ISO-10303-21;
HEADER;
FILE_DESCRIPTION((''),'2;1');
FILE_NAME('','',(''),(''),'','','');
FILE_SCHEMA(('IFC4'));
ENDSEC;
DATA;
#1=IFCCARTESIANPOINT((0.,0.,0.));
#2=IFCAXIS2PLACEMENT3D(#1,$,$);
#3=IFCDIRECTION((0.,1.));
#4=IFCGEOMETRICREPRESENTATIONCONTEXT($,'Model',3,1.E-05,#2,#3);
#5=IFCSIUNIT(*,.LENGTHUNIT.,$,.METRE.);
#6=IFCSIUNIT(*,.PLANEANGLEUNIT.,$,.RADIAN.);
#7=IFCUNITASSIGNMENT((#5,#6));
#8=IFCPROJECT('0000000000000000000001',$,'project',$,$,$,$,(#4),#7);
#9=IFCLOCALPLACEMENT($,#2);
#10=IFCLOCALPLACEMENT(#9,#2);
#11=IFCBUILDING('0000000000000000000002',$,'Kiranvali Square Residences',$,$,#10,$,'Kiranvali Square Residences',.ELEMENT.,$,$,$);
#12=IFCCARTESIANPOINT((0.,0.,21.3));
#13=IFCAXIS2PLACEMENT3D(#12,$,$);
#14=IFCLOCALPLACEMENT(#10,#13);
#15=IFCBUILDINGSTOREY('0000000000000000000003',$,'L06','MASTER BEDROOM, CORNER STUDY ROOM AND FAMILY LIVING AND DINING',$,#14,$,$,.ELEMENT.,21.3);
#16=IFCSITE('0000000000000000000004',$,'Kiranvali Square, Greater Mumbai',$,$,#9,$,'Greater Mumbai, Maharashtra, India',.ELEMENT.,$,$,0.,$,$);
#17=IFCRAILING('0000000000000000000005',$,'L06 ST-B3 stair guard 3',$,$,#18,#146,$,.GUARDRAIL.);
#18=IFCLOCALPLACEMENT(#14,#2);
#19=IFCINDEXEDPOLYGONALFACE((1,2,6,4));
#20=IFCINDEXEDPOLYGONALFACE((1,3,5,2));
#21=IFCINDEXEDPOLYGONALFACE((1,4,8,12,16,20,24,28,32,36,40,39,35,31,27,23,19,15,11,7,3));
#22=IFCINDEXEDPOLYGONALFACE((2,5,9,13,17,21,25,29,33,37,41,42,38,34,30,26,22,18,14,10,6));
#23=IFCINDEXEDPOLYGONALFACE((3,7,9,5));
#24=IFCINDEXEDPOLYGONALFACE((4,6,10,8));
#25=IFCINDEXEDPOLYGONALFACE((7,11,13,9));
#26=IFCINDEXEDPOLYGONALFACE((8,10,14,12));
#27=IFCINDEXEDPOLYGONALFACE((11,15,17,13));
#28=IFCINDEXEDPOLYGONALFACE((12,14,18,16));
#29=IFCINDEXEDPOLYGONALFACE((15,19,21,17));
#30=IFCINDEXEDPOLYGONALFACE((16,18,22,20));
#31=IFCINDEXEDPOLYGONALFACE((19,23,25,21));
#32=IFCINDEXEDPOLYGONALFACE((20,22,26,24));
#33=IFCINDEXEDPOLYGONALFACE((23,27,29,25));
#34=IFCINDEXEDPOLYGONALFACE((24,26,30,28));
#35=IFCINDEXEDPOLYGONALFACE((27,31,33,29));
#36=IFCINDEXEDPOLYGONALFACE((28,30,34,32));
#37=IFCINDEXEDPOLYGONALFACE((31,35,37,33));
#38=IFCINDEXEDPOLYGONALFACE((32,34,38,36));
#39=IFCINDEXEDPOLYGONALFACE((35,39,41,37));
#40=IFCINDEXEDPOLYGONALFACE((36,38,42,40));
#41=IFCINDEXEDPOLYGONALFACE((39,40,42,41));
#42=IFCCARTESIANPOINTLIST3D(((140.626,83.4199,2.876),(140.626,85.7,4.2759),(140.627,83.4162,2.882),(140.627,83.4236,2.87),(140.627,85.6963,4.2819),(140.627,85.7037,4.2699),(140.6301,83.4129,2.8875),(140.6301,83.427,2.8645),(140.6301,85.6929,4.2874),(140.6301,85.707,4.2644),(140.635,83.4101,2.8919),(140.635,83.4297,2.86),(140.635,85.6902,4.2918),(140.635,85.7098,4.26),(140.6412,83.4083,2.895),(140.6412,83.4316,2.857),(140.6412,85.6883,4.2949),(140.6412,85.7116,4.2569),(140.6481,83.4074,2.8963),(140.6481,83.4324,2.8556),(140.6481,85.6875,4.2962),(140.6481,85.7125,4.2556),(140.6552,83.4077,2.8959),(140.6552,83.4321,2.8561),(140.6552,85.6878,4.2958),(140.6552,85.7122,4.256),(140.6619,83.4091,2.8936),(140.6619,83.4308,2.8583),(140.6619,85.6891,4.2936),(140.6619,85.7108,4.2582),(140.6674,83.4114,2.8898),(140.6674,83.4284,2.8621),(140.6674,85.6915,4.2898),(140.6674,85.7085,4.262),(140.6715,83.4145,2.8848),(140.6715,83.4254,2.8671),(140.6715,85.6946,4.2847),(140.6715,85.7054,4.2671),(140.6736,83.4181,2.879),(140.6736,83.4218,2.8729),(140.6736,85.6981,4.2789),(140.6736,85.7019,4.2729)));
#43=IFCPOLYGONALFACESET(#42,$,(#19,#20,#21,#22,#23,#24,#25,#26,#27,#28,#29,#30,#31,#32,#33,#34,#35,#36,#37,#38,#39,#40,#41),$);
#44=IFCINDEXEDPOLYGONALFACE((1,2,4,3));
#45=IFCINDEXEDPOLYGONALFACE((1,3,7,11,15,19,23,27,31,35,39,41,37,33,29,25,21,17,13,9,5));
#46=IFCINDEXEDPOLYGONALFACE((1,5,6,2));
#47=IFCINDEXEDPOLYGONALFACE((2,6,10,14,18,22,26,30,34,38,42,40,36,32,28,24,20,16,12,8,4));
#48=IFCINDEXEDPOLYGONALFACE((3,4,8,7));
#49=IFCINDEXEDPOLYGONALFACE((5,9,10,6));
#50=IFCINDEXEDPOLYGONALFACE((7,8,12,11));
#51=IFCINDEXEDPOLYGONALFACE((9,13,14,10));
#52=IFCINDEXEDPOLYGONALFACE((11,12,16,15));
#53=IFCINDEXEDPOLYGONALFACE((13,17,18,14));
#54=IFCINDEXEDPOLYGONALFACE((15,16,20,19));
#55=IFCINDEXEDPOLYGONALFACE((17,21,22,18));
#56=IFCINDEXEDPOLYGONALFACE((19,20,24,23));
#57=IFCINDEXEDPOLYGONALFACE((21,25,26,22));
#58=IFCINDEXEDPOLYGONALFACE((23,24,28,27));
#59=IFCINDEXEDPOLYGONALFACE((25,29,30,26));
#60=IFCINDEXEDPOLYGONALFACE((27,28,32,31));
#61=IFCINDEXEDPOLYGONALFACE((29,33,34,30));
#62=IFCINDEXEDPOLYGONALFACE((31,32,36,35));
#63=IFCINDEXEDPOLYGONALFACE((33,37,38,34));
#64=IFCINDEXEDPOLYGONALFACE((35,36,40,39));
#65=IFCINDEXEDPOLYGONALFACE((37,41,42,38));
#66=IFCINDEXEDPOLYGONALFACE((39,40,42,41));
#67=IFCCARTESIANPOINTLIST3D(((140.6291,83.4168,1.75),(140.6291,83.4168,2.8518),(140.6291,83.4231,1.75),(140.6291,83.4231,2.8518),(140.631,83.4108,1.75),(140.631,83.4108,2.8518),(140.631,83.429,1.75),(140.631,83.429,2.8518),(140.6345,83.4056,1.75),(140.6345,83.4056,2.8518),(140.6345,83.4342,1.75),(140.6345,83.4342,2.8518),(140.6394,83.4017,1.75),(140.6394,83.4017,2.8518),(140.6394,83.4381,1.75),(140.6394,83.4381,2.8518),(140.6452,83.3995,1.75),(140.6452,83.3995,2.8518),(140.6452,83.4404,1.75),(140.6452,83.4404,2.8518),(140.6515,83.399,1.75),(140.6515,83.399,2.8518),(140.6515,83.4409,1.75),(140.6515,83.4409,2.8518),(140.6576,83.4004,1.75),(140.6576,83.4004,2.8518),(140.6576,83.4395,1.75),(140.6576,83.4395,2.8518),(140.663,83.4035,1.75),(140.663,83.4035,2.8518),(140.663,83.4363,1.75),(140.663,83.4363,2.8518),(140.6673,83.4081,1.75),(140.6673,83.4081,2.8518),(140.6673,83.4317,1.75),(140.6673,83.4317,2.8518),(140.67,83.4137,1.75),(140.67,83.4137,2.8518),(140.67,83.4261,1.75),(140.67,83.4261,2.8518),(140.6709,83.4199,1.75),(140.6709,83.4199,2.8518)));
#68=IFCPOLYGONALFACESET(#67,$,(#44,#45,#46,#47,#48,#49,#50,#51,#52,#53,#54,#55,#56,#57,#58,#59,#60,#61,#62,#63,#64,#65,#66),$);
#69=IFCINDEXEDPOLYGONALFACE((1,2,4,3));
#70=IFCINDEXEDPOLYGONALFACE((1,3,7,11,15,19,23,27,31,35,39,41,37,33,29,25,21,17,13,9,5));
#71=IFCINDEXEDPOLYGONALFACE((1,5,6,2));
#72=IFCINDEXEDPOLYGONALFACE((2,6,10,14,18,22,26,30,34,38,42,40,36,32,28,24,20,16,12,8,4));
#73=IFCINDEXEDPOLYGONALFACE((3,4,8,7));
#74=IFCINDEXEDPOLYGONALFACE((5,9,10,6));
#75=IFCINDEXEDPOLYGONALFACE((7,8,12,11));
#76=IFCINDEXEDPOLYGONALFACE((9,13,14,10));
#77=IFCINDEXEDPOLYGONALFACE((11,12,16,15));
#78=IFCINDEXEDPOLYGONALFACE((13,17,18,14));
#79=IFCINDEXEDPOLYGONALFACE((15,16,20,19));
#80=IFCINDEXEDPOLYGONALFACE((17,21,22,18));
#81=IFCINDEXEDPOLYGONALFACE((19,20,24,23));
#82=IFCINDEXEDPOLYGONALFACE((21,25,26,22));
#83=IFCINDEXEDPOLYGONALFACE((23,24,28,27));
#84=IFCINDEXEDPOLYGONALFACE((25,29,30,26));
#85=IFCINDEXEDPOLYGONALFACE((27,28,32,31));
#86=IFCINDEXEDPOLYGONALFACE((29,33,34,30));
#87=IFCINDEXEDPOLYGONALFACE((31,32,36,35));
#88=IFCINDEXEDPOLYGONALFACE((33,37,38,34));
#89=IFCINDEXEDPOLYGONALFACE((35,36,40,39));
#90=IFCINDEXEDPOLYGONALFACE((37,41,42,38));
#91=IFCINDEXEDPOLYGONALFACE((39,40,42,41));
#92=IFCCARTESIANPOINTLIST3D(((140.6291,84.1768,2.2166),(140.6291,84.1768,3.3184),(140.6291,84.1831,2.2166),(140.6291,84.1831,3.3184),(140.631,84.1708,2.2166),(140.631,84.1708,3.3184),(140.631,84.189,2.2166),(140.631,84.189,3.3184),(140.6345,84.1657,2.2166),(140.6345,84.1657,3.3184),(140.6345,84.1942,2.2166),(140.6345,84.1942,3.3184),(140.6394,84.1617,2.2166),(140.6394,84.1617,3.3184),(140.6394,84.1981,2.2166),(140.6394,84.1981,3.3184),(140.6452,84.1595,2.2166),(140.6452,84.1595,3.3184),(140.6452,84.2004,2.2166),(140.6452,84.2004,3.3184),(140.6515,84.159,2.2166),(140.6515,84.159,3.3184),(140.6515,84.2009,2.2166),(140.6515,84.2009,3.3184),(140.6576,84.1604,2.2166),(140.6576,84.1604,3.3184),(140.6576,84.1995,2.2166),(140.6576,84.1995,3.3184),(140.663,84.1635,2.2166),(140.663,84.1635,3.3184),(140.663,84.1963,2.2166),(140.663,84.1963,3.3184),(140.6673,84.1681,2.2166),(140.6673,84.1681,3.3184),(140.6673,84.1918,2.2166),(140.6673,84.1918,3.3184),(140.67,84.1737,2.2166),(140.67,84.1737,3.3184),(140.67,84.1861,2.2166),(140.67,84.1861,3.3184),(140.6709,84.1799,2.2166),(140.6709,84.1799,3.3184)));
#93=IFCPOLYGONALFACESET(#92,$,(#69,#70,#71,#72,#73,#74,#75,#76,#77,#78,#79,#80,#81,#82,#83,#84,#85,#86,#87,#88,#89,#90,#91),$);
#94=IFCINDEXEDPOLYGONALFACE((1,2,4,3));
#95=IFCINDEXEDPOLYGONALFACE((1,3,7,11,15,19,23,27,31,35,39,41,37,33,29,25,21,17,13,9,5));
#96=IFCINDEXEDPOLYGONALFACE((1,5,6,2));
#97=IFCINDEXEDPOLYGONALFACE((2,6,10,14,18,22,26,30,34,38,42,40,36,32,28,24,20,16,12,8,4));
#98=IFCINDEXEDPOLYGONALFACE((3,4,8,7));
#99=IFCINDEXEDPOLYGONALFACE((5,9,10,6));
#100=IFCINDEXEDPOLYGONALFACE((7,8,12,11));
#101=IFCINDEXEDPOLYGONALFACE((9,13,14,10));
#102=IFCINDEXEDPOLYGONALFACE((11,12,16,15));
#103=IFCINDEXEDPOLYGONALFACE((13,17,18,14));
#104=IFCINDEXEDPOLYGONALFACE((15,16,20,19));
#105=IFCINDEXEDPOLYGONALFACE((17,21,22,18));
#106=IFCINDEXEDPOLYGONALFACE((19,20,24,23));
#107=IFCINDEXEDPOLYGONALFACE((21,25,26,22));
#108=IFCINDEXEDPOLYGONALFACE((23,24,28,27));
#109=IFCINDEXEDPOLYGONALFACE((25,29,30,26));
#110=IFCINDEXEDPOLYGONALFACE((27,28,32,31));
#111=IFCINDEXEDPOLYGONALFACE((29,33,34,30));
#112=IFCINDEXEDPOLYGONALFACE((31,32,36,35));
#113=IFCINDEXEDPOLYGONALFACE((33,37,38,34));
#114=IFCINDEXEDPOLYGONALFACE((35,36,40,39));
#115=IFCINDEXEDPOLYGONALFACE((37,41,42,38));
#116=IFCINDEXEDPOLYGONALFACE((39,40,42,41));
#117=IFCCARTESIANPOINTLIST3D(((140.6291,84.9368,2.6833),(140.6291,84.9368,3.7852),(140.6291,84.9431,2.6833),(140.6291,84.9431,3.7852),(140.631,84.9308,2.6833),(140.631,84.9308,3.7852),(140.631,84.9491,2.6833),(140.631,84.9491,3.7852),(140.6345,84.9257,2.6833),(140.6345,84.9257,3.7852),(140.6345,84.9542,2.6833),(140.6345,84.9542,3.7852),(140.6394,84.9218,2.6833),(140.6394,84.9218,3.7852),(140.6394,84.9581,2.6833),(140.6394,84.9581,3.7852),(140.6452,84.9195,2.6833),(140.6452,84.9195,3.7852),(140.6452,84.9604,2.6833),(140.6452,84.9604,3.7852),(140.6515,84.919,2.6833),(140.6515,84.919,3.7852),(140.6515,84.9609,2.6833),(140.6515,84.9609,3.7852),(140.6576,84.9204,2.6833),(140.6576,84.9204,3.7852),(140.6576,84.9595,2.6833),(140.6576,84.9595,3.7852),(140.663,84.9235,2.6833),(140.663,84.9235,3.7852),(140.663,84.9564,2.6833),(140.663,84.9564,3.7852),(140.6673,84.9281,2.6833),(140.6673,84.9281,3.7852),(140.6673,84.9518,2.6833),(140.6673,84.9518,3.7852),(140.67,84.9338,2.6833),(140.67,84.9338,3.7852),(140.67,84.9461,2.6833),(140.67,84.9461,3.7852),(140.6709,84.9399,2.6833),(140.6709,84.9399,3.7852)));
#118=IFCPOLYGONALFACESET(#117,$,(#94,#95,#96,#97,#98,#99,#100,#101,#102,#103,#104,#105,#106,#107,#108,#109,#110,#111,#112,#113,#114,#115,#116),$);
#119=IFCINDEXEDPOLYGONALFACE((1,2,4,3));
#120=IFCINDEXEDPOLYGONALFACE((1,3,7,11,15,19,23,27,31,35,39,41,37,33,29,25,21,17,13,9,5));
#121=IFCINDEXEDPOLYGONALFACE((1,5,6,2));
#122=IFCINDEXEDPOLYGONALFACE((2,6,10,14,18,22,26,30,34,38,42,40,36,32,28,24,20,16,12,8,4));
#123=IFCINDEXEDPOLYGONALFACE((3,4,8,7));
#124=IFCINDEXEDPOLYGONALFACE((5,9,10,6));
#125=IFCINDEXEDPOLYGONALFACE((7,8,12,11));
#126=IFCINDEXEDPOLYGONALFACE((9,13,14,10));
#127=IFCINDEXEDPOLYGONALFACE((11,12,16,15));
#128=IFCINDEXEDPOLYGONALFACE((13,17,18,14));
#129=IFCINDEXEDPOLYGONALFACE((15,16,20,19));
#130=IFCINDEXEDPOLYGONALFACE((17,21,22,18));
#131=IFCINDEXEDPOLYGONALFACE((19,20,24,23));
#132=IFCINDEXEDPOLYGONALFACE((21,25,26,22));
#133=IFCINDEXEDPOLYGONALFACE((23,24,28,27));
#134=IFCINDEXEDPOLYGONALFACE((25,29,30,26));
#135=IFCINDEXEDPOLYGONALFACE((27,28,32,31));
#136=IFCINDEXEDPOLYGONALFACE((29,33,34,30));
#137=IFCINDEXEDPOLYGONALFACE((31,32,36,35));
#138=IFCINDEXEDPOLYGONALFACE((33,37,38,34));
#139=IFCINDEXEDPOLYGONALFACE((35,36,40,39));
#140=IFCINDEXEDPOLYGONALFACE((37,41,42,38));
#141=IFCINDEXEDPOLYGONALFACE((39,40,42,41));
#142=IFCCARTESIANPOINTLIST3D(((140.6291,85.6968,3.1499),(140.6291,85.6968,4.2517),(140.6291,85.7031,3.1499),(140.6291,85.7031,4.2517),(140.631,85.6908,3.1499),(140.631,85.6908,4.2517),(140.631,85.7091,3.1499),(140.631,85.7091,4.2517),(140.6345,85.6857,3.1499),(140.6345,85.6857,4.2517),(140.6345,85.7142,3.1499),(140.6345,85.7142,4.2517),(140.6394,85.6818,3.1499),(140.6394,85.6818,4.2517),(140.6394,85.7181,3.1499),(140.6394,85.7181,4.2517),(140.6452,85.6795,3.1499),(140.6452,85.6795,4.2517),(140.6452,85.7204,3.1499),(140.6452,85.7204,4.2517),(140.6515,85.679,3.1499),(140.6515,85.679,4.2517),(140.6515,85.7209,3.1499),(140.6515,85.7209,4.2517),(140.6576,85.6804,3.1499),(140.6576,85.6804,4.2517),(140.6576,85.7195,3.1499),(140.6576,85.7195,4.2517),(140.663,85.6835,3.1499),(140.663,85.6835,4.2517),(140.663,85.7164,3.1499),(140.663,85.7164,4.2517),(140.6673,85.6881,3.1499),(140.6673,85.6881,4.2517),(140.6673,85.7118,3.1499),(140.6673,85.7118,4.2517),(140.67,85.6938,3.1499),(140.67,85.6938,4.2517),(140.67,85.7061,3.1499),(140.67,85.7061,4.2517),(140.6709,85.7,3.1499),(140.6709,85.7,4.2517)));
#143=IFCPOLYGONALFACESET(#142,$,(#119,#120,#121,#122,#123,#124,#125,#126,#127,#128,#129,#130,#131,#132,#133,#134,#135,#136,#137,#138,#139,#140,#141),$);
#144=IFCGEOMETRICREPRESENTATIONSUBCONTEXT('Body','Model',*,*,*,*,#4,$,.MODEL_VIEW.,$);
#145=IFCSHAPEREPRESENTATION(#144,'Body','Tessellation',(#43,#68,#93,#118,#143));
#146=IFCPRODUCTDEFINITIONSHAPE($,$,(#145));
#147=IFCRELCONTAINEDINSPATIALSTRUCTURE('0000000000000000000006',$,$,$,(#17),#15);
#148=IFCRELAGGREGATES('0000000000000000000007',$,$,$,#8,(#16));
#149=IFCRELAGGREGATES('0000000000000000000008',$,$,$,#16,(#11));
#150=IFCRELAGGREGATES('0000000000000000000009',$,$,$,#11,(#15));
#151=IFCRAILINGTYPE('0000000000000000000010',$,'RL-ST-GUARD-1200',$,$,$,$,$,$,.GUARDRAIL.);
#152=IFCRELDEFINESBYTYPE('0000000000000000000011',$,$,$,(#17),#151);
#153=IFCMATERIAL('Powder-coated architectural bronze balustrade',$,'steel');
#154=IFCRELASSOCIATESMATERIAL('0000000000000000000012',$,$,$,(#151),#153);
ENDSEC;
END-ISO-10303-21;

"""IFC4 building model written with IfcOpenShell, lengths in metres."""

from ifc_helpers import new_model, si_unit, direction, frame, origin, origin_2d, place, context, subcontext, project, spatial, circle, extrude, material, type_object, element, save


model = new_model("IFC4")

# Units and contexts
model_context = context("Model", 3, precision=1e-05, world=origin(), true_north=direction((0.0, 1.0)))
body_context = subcontext(model_context, "Body", "Model", "MODEL_VIEW")
ifc_project = project(units=[si_unit("LENGTHUNIT", "METRE"), si_unit("PLANEANGLEUNIT", "RADIAN")], contexts=[model_context])

# Site, building, storey
site_placement = place(None, origin())
site = spatial("IfcSite", under=ifc_project, at=site_placement, Name="Kiranvali Square, Greater Mumbai", LongName="Greater Mumbai, Maharashtra, India", CompositionType="ELEMENT", RefElevation=0.0)
building_placement = place(site_placement, origin())
building = spatial("IfcBuilding", under=site, at=building_placement, Name="Kiranvali Square Residences", LongName="Kiranvali Square Residences", CompositionType="ELEMENT")
storey_placement = place(building_placement, frame((0.0, 0.0, 21.3)))
storey = spatial("IfcBuildingStorey", under=building, at=storey_placement, Name="L06", Description="MASTER BEDROOM, CORNER STUDY ROOM AND FAMILY LIVING AND DINING", CompositionType="ELEMENT", Elevation=21.3)

# Railing
ifc_material_1 = material(Name="Powder-coated architectural bronze balustrade", Category="steel")
railing_type_1 = type_object("IfcRailingType", Name="RL-ST-GUARD-1200", PredefinedType="GUARDRAIL", material=ifc_material_1)
railing_1_placement = place(storey_placement, frame((140.6499, 83.4199, 1.75)))
element("IfcRailing", 1, at=railing_1_placement, inside=storey, type_object=railing_type_1, Name="L06 ST-B3 stair guard 3", PredefinedType="GUARDRAIL", context=body_context, shape_type="SweptSolid", body=[
    extrude(circle(Radius=0.0239, at=origin_2d()), frame((0.0, 0.0, 1.126), z_axis=(0.0, 0.85219, 0.523232), x_axis=(-1.0, 0.0, 0.0)), (0.0, 0.0, 1.0), 2.6755),
    extrude(circle(Radius=0.021, at=origin_2d()), origin(), (0.0, 0.0, 1.0), 1.1018),
    extrude(circle(Radius=0.021, at=origin_2d()), frame((0.0, 0.76, 0.4666)), (0.0, 0.0, 1.0), 1.1018),
    extrude(circle(Radius=0.021, at=origin_2d()), frame((0.0, 1.52, 0.9333)), (0.0, 0.0, 1.0), 1.1018),
    extrude(circle(Radius=0.021, at=origin_2d()), frame((0.0, 2.28, 1.3999)), (0.0, 0.0, 1.0), 1.1018),
])

save(model, "model.ifc")
